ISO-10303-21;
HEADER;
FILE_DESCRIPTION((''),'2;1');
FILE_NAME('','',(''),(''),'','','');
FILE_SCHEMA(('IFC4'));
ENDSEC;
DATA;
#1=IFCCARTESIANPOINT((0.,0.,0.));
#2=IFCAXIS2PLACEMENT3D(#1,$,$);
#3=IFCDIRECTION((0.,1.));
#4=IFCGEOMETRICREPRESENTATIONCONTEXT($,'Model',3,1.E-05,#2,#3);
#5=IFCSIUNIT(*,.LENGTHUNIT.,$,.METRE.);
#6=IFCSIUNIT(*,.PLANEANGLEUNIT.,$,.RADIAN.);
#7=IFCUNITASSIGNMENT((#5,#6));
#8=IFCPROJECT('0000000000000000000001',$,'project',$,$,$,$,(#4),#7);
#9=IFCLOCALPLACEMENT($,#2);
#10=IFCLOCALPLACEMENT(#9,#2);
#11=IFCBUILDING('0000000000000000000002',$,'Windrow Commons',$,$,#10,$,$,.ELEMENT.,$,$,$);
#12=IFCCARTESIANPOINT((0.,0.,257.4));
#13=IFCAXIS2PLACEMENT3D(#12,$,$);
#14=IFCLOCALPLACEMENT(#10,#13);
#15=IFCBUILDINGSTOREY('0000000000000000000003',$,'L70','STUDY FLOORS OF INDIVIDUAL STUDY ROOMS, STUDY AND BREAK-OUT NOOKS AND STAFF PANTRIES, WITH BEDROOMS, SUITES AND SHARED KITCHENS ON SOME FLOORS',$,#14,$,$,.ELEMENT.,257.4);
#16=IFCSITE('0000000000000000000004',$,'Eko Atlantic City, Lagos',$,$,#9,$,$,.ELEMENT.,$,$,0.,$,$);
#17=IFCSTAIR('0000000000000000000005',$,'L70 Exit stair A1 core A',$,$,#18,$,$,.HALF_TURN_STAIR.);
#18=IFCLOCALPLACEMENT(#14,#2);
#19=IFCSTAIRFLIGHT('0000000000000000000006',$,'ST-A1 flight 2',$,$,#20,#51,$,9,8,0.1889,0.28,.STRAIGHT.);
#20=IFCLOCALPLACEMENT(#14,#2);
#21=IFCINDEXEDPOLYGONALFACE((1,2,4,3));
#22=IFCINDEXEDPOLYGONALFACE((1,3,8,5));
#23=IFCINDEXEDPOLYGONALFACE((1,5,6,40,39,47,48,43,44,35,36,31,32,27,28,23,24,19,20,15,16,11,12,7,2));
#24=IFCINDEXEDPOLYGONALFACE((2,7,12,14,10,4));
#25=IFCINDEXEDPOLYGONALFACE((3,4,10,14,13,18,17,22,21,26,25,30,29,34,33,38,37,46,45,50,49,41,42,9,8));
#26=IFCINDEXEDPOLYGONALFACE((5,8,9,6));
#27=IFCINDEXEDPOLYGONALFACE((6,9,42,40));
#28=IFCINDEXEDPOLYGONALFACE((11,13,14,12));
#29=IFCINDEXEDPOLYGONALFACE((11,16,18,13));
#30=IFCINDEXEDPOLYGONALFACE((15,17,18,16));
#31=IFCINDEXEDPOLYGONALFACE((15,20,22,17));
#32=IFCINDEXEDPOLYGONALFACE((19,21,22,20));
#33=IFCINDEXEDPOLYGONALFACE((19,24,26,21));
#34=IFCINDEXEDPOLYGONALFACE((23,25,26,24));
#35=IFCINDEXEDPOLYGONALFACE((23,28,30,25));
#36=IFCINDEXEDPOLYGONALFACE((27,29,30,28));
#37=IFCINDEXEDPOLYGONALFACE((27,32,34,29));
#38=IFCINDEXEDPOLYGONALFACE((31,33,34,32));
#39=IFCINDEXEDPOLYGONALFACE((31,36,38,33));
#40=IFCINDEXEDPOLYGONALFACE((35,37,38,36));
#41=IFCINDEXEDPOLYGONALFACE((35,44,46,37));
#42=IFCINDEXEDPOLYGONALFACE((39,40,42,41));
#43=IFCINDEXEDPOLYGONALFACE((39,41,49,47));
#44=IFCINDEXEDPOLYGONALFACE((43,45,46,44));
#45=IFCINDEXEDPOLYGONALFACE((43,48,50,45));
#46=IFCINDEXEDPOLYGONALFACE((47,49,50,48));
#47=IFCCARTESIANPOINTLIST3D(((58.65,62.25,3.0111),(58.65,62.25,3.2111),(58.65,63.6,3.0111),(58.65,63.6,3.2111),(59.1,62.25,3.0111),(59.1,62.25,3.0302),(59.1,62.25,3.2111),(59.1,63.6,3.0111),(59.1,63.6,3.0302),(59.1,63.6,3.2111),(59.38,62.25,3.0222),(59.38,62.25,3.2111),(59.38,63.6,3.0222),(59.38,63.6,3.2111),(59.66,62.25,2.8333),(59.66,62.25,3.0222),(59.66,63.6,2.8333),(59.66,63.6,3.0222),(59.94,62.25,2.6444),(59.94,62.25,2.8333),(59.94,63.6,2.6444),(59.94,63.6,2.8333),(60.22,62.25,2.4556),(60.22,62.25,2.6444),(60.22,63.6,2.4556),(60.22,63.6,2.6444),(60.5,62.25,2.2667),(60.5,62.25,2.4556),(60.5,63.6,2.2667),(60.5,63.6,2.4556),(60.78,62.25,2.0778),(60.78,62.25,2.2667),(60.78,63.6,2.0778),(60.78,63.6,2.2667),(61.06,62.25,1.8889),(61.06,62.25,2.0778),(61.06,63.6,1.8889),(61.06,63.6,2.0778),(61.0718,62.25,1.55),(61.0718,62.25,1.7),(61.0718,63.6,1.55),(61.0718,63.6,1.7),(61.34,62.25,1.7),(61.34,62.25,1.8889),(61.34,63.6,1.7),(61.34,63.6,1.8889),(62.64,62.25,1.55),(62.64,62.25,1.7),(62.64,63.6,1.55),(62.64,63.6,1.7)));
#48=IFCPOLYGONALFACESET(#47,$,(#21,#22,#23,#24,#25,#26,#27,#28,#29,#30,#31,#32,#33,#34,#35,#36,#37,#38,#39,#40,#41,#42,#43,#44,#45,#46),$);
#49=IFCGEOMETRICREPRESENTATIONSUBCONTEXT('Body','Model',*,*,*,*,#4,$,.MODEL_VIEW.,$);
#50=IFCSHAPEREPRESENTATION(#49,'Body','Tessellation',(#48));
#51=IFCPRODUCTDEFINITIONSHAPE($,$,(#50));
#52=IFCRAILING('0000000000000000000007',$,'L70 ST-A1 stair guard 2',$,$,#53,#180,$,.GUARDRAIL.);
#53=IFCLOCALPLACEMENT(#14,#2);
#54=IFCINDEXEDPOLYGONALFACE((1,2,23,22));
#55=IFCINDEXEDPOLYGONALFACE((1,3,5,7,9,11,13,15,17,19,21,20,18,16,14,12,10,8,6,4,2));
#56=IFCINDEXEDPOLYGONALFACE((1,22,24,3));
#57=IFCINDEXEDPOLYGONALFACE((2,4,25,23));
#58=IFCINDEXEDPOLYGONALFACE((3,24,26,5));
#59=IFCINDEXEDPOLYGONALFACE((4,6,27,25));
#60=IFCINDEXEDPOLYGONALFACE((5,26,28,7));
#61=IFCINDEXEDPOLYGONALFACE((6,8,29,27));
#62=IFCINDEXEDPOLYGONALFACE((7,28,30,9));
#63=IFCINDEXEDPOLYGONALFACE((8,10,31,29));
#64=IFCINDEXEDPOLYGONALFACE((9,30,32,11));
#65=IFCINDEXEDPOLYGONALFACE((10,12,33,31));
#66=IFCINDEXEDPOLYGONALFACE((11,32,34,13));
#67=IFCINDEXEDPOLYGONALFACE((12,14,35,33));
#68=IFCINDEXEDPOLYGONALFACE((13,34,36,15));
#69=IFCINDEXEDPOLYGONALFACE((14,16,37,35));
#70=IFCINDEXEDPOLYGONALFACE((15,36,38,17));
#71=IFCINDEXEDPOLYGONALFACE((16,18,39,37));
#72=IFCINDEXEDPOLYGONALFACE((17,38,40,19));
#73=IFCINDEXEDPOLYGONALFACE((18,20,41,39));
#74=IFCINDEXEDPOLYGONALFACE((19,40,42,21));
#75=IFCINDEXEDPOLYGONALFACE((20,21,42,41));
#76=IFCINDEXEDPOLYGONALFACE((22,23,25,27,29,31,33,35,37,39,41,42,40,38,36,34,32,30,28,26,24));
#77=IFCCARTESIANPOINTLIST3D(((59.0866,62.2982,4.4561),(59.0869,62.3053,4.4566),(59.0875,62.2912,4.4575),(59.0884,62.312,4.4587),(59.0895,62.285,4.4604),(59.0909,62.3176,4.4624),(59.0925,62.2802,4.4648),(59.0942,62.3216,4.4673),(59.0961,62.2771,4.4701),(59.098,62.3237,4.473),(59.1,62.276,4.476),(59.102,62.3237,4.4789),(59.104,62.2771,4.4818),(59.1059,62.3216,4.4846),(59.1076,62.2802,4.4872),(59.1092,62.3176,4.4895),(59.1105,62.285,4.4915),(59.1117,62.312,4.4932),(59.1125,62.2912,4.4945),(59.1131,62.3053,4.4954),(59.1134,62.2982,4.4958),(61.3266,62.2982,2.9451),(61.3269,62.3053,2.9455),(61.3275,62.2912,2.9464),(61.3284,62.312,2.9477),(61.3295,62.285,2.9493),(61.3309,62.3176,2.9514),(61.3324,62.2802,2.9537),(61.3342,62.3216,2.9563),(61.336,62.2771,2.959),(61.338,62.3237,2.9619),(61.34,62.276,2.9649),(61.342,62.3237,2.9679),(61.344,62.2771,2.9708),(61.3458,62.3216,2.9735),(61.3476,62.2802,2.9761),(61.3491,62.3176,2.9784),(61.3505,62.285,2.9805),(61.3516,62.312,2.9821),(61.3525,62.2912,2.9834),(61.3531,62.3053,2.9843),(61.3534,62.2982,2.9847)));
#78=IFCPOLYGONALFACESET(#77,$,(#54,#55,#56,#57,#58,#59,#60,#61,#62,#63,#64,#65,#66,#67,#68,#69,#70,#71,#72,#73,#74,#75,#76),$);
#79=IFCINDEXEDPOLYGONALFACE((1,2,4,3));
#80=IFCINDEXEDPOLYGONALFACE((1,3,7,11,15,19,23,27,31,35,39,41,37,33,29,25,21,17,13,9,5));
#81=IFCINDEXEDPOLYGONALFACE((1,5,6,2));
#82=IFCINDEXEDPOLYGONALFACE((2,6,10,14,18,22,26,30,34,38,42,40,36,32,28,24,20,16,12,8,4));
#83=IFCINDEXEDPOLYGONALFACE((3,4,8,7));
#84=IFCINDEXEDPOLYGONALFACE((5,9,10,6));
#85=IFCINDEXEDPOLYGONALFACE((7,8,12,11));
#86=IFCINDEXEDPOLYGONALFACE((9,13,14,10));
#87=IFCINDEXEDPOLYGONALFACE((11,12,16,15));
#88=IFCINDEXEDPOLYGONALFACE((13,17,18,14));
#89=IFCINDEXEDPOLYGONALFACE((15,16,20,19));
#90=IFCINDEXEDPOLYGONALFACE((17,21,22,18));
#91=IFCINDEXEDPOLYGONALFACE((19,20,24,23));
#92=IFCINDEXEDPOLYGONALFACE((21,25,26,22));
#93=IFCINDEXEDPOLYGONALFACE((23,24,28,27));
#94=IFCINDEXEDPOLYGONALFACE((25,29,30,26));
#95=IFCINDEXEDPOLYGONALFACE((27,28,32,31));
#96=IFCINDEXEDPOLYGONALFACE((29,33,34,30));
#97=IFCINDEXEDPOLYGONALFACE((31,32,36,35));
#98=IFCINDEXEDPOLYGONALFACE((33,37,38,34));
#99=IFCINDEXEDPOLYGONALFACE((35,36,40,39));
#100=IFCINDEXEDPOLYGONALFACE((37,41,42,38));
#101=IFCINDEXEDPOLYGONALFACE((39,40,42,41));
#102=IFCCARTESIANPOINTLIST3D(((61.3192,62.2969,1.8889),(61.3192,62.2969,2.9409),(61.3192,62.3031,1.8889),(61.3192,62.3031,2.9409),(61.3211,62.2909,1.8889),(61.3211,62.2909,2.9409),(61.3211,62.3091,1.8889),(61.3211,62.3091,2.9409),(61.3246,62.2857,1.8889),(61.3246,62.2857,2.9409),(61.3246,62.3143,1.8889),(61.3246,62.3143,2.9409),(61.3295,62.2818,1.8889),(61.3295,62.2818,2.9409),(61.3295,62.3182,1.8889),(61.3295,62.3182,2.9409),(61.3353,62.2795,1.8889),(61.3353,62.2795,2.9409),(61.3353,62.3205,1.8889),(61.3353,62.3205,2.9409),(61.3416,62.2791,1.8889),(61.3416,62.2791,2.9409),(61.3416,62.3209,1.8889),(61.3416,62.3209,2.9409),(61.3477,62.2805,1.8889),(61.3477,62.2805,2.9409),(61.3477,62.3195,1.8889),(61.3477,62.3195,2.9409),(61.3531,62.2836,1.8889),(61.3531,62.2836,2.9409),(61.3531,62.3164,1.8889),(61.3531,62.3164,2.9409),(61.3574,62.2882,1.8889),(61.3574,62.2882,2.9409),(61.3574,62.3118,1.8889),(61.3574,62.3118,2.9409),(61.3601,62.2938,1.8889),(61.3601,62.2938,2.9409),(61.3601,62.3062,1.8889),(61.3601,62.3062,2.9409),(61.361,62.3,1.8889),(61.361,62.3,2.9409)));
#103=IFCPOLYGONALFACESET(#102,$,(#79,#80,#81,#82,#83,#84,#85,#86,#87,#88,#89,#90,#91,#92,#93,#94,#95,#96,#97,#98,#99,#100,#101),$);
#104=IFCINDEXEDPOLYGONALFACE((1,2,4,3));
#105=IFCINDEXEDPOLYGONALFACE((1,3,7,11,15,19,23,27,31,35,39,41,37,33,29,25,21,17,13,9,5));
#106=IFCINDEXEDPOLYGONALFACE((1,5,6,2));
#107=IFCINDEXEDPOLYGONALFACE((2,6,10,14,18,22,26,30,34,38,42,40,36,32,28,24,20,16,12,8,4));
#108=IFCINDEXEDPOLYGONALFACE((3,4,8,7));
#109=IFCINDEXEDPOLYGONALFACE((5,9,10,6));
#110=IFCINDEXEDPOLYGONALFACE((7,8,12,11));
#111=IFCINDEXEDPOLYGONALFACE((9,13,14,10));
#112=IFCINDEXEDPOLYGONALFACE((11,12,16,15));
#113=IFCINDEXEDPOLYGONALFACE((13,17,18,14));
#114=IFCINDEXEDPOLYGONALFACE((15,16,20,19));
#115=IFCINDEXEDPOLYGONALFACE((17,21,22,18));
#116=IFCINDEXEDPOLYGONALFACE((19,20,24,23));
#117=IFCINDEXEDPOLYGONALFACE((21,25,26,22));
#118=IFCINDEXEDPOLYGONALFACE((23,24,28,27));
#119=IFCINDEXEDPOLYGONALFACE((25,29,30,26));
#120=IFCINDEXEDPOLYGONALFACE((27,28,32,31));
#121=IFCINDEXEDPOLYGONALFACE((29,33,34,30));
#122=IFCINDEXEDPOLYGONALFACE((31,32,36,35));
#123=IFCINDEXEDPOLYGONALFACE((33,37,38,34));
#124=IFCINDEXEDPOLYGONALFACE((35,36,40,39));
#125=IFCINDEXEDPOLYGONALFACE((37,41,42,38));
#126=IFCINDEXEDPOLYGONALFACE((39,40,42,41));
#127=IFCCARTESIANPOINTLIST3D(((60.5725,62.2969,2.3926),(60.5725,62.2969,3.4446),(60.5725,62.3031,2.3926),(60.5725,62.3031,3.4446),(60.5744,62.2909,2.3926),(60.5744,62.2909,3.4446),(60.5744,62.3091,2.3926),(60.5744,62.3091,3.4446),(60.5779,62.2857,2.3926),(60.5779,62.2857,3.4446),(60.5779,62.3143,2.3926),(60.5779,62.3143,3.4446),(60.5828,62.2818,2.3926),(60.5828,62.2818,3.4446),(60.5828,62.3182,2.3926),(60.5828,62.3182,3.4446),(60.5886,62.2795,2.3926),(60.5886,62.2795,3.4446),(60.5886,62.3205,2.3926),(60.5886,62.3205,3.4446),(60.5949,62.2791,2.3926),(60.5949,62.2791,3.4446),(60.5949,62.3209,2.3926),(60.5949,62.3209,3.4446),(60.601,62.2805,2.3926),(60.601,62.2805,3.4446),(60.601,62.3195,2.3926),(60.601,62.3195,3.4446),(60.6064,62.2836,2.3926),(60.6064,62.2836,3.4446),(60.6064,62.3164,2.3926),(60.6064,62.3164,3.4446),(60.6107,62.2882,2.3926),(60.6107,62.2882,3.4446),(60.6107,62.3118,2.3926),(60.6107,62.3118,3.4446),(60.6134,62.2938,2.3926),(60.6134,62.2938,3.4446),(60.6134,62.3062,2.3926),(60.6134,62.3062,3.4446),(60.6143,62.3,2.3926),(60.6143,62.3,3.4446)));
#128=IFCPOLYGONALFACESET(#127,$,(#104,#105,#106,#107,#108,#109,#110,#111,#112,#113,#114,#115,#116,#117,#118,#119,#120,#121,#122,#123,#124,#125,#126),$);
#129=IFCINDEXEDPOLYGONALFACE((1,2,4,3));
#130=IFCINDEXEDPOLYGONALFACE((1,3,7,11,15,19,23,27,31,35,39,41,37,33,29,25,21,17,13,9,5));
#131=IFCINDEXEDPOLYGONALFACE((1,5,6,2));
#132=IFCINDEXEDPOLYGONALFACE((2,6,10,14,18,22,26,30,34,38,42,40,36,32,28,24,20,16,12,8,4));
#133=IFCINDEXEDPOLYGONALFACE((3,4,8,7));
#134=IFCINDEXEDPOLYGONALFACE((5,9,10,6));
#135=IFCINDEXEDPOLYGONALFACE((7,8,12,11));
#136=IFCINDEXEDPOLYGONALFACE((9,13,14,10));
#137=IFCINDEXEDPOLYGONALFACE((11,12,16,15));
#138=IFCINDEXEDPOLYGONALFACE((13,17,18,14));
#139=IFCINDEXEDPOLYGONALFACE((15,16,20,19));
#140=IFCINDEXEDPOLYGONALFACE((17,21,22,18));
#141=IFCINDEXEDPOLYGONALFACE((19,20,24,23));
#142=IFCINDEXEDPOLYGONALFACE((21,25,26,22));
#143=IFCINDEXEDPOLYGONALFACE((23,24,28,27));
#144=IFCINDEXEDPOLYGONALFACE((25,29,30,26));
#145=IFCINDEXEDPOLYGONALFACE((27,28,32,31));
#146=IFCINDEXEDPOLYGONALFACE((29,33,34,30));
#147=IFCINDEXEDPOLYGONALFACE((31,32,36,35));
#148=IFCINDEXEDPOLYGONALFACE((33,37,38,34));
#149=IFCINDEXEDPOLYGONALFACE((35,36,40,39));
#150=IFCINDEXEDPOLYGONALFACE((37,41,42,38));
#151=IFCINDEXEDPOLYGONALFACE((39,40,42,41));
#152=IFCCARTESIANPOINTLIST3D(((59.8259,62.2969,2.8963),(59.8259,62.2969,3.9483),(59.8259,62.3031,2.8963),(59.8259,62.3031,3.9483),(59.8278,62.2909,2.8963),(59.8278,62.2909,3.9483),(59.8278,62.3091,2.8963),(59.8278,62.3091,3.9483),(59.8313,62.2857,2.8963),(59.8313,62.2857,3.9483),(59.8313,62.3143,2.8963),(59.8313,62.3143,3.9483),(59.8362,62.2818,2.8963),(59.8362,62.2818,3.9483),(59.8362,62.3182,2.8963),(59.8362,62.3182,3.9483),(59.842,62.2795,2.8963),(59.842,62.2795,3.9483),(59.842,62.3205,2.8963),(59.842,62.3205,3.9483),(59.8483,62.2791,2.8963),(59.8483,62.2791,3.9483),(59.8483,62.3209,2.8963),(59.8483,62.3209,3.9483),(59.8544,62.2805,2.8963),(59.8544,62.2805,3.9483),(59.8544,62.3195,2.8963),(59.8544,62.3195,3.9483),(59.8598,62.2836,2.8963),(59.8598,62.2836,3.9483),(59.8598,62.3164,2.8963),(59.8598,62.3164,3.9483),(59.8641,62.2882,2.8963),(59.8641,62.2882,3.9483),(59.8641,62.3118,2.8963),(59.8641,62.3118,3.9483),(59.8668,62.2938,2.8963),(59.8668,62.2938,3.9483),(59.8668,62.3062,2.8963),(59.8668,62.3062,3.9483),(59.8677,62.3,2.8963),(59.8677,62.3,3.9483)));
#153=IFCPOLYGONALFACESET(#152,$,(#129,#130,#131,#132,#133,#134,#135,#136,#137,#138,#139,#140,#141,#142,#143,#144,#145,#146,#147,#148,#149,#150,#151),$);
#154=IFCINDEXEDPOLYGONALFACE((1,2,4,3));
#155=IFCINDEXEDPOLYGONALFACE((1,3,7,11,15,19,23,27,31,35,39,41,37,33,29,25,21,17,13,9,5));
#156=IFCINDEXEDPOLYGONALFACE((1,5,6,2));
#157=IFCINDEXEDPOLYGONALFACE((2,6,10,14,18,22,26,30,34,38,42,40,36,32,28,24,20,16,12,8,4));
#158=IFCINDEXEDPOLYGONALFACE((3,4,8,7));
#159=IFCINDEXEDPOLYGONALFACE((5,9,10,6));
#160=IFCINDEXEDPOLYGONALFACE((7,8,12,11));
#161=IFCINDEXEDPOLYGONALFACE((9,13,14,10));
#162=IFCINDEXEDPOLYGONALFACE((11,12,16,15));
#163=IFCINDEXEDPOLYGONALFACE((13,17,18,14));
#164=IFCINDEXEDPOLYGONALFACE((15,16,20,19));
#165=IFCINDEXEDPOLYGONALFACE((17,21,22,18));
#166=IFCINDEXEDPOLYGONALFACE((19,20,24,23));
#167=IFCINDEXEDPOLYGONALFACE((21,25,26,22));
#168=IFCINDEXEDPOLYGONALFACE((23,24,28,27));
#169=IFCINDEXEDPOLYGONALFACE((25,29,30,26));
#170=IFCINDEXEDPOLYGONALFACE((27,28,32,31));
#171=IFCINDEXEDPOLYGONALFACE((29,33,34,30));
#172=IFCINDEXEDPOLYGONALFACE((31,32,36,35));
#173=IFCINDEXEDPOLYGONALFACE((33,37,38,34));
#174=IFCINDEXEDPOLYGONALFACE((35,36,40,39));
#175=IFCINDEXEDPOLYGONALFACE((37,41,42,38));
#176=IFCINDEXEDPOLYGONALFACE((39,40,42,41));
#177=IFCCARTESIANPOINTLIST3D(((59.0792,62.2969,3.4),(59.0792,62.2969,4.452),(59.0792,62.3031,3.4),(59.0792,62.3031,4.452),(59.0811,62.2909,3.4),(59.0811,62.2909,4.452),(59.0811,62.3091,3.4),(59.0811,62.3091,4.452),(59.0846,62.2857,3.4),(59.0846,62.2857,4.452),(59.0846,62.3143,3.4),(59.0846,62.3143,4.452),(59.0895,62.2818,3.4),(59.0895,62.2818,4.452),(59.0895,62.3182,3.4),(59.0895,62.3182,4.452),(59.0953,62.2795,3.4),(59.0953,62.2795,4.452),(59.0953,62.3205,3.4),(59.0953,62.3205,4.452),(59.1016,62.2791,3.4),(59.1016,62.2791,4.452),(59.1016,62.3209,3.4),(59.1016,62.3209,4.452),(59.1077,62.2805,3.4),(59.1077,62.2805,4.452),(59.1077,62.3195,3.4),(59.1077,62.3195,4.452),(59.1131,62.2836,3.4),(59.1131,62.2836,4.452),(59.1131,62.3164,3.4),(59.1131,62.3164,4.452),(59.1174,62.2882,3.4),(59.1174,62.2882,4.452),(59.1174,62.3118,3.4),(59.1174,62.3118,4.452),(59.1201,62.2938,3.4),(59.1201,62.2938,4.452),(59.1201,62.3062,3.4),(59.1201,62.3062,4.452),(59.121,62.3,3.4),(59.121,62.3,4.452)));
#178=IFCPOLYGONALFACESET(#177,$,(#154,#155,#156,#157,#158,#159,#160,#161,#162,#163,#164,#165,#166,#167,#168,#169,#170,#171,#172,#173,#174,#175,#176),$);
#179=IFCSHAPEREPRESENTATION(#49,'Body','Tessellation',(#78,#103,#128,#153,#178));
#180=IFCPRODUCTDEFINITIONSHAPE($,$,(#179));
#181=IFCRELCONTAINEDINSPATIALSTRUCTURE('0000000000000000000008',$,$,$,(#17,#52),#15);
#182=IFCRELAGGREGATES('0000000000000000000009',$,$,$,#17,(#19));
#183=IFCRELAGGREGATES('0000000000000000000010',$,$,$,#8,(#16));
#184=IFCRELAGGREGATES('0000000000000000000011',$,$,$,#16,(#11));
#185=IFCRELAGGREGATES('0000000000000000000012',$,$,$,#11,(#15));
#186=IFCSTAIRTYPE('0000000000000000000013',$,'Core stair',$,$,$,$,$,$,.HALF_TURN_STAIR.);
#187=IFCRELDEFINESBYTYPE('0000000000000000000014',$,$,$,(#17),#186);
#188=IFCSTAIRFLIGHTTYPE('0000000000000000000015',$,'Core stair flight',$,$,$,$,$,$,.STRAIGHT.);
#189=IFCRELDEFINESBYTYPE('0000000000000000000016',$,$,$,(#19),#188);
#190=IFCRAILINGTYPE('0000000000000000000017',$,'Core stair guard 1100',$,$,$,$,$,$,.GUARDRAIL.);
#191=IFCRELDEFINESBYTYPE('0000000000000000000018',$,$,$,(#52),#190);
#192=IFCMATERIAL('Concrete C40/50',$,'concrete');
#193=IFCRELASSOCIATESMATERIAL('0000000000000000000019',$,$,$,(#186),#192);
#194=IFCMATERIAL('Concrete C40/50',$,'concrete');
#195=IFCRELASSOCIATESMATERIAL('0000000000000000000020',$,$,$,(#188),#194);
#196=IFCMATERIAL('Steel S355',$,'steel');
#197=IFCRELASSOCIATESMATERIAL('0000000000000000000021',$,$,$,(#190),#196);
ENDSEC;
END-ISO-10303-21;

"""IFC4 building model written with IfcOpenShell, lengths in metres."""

from ifc_helpers import new_model, si_unit, direction, frame, origin, origin_2d, place, context, subcontext, project, spatial, polyline, circle, outline, extrude, material, type_object, element, aggregate, save


model = new_model("IFC4")

# Units and contexts
model_context = context("Model", 3, precision=1e-05, world=origin(), true_north=direction((0.0, 1.0)))
body_context = subcontext(model_context, "Body", "Model", "MODEL_VIEW")
ifc_project = project(units=[si_unit("LENGTHUNIT", "METRE"), si_unit("PLANEANGLEUNIT", "RADIAN")], contexts=[model_context])

# Site, building, storey
site_placement = place(None, origin())
site = spatial("IfcSite", under=ifc_project, at=site_placement, Name="Eko Atlantic City, Lagos", CompositionType="ELEMENT", RefElevation=0.0)
building_placement = place(site_placement, origin())
building = spatial("IfcBuilding", under=site, at=building_placement, Name="Windrow Commons", CompositionType="ELEMENT")
storey_placement = place(building_placement, frame((0.0, 0.0, 257.4)))
storey = spatial("IfcBuildingStorey", under=building, at=storey_placement, Name="L70", Description="STUDY FLOORS OF INDIVIDUAL STUDY ROOMS, STUDY AND BREAK-OUT NOOKS AND STAFF PANTRIES, WITH BEDROOMS, SUITES AND SHARED KITCHENS ON SOME FLOORS", CompositionType="ELEMENT", Elevation=257.4)

# Stair, stair flight
ifc_material_1 = material(Name="Concrete C40/50", Category="concrete")
stair_type = type_object("IfcStairType", Name="Core stair", PredefinedType="HALF_TURN_STAIR", material=ifc_material_1)
stair_placement = place(storey_placement, origin())
stair = element("IfcStair", 1, at=stair_placement, inside=storey, type_object=stair_type, Name="L70 Exit stair A1 core A", PredefinedType="HALF_TURN_STAIR")
ifc_material_2 = material(Name="Concrete C40/50", Category="concrete")
stair_flight_type = type_object("IfcStairFlightType", Name="Core stair flight", PredefinedType="STRAIGHT", material=ifc_material_2)
stair_flight_placement = place(storey_placement, frame((61.34, 62.925, 1.7), z_axis=(0.0, 0.0, 1.0), x_axis=(-1.0, 0.0, 0.0)))
stair_flight = element("IfcStairFlight", 2, at=stair_flight_placement, type_object=stair_flight_type, Name="ST-A1 flight 2", NumberOfRisers=9, NumberOfTreads=8, PredefinedType="STRAIGHT", RiserHeight=0.1889, TreadLength=0.28, context=body_context, shape_type="SweptSolid", body=[
    extrude(outline(polyline([(-1.3, -0.15), (-1.3, 0.0), (0.0, 0.0), (0.0, 0.1889), (0.28, 0.1889), (0.28, 0.3778), (0.56, 0.3778), (0.56, 0.5667), (0.84, 0.5667), (0.84, 0.7556), (1.12, 0.7556), (1.12, 0.9444), (1.4, 0.9444), (1.4, 1.1333), (1.68, 1.1333), (1.68, 1.3222), (1.96, 1.3222), (1.96, 1.5111), (2.24, 1.5111), (2.69, 1.5111), (2.69, 1.3111), (2.24, 1.3111), (2.24, 1.3302), (0.2682, 0.0), (0.2682, -0.15), (-1.3, -0.15)])), frame((0.0, 0.675, 0.0), z_axis=(0.0, -1.0, 0.0), x_axis=(1.0, 0.0, 0.0)), (0.0, 0.0, 1.0), 1.35),
])
aggregate(stair, [stair_flight])

# Railing
ifc_material_3 = material(Name="Steel S355", Category="steel")
railing_type_1 = type_object("IfcRailingType", Name="Core stair guard 1100", PredefinedType="GUARDRAIL", material=ifc_material_3)
railing_1_placement = place(storey_placement, frame((61.34, 62.3, 1.8889)))
element("IfcRailing", 3, at=railing_1_placement, inside=storey, type_object=railing_type_1, Name="L70 ST-A1 stair guard 2", PredefinedType="GUARDRAIL", context=body_context, shape_type="SweptSolid", body=[
    extrude(circle(Radius=0.024, at=origin_2d()), frame((0.0, 0.0, 1.076), z_axis=(-0.829003, 0.0, 0.559244), x_axis=(0.0, -1.0, 0.0)), (0.0, 0.0, 1.0), 2.702),
    extrude(circle(Radius=0.021, at=origin_2d()), origin(), (0.0, 0.0, 1.0), 1.052),
    extrude(circle(Radius=0.021, at=origin_2d()), frame((-0.7467, 0.0, 0.5037)), (0.0, 0.0, 1.0), 1.052),
    extrude(circle(Radius=0.021, at=origin_2d()), frame((-1.4933, 0.0, 1.0074)), (0.0, 0.0, 1.0), 1.052),
    extrude(circle(Radius=0.021, at=origin_2d()), frame((-2.24, 0.0, 1.5111)), (0.0, 0.0, 1.0), 1.052),
])

save(model, "model.ifc")
